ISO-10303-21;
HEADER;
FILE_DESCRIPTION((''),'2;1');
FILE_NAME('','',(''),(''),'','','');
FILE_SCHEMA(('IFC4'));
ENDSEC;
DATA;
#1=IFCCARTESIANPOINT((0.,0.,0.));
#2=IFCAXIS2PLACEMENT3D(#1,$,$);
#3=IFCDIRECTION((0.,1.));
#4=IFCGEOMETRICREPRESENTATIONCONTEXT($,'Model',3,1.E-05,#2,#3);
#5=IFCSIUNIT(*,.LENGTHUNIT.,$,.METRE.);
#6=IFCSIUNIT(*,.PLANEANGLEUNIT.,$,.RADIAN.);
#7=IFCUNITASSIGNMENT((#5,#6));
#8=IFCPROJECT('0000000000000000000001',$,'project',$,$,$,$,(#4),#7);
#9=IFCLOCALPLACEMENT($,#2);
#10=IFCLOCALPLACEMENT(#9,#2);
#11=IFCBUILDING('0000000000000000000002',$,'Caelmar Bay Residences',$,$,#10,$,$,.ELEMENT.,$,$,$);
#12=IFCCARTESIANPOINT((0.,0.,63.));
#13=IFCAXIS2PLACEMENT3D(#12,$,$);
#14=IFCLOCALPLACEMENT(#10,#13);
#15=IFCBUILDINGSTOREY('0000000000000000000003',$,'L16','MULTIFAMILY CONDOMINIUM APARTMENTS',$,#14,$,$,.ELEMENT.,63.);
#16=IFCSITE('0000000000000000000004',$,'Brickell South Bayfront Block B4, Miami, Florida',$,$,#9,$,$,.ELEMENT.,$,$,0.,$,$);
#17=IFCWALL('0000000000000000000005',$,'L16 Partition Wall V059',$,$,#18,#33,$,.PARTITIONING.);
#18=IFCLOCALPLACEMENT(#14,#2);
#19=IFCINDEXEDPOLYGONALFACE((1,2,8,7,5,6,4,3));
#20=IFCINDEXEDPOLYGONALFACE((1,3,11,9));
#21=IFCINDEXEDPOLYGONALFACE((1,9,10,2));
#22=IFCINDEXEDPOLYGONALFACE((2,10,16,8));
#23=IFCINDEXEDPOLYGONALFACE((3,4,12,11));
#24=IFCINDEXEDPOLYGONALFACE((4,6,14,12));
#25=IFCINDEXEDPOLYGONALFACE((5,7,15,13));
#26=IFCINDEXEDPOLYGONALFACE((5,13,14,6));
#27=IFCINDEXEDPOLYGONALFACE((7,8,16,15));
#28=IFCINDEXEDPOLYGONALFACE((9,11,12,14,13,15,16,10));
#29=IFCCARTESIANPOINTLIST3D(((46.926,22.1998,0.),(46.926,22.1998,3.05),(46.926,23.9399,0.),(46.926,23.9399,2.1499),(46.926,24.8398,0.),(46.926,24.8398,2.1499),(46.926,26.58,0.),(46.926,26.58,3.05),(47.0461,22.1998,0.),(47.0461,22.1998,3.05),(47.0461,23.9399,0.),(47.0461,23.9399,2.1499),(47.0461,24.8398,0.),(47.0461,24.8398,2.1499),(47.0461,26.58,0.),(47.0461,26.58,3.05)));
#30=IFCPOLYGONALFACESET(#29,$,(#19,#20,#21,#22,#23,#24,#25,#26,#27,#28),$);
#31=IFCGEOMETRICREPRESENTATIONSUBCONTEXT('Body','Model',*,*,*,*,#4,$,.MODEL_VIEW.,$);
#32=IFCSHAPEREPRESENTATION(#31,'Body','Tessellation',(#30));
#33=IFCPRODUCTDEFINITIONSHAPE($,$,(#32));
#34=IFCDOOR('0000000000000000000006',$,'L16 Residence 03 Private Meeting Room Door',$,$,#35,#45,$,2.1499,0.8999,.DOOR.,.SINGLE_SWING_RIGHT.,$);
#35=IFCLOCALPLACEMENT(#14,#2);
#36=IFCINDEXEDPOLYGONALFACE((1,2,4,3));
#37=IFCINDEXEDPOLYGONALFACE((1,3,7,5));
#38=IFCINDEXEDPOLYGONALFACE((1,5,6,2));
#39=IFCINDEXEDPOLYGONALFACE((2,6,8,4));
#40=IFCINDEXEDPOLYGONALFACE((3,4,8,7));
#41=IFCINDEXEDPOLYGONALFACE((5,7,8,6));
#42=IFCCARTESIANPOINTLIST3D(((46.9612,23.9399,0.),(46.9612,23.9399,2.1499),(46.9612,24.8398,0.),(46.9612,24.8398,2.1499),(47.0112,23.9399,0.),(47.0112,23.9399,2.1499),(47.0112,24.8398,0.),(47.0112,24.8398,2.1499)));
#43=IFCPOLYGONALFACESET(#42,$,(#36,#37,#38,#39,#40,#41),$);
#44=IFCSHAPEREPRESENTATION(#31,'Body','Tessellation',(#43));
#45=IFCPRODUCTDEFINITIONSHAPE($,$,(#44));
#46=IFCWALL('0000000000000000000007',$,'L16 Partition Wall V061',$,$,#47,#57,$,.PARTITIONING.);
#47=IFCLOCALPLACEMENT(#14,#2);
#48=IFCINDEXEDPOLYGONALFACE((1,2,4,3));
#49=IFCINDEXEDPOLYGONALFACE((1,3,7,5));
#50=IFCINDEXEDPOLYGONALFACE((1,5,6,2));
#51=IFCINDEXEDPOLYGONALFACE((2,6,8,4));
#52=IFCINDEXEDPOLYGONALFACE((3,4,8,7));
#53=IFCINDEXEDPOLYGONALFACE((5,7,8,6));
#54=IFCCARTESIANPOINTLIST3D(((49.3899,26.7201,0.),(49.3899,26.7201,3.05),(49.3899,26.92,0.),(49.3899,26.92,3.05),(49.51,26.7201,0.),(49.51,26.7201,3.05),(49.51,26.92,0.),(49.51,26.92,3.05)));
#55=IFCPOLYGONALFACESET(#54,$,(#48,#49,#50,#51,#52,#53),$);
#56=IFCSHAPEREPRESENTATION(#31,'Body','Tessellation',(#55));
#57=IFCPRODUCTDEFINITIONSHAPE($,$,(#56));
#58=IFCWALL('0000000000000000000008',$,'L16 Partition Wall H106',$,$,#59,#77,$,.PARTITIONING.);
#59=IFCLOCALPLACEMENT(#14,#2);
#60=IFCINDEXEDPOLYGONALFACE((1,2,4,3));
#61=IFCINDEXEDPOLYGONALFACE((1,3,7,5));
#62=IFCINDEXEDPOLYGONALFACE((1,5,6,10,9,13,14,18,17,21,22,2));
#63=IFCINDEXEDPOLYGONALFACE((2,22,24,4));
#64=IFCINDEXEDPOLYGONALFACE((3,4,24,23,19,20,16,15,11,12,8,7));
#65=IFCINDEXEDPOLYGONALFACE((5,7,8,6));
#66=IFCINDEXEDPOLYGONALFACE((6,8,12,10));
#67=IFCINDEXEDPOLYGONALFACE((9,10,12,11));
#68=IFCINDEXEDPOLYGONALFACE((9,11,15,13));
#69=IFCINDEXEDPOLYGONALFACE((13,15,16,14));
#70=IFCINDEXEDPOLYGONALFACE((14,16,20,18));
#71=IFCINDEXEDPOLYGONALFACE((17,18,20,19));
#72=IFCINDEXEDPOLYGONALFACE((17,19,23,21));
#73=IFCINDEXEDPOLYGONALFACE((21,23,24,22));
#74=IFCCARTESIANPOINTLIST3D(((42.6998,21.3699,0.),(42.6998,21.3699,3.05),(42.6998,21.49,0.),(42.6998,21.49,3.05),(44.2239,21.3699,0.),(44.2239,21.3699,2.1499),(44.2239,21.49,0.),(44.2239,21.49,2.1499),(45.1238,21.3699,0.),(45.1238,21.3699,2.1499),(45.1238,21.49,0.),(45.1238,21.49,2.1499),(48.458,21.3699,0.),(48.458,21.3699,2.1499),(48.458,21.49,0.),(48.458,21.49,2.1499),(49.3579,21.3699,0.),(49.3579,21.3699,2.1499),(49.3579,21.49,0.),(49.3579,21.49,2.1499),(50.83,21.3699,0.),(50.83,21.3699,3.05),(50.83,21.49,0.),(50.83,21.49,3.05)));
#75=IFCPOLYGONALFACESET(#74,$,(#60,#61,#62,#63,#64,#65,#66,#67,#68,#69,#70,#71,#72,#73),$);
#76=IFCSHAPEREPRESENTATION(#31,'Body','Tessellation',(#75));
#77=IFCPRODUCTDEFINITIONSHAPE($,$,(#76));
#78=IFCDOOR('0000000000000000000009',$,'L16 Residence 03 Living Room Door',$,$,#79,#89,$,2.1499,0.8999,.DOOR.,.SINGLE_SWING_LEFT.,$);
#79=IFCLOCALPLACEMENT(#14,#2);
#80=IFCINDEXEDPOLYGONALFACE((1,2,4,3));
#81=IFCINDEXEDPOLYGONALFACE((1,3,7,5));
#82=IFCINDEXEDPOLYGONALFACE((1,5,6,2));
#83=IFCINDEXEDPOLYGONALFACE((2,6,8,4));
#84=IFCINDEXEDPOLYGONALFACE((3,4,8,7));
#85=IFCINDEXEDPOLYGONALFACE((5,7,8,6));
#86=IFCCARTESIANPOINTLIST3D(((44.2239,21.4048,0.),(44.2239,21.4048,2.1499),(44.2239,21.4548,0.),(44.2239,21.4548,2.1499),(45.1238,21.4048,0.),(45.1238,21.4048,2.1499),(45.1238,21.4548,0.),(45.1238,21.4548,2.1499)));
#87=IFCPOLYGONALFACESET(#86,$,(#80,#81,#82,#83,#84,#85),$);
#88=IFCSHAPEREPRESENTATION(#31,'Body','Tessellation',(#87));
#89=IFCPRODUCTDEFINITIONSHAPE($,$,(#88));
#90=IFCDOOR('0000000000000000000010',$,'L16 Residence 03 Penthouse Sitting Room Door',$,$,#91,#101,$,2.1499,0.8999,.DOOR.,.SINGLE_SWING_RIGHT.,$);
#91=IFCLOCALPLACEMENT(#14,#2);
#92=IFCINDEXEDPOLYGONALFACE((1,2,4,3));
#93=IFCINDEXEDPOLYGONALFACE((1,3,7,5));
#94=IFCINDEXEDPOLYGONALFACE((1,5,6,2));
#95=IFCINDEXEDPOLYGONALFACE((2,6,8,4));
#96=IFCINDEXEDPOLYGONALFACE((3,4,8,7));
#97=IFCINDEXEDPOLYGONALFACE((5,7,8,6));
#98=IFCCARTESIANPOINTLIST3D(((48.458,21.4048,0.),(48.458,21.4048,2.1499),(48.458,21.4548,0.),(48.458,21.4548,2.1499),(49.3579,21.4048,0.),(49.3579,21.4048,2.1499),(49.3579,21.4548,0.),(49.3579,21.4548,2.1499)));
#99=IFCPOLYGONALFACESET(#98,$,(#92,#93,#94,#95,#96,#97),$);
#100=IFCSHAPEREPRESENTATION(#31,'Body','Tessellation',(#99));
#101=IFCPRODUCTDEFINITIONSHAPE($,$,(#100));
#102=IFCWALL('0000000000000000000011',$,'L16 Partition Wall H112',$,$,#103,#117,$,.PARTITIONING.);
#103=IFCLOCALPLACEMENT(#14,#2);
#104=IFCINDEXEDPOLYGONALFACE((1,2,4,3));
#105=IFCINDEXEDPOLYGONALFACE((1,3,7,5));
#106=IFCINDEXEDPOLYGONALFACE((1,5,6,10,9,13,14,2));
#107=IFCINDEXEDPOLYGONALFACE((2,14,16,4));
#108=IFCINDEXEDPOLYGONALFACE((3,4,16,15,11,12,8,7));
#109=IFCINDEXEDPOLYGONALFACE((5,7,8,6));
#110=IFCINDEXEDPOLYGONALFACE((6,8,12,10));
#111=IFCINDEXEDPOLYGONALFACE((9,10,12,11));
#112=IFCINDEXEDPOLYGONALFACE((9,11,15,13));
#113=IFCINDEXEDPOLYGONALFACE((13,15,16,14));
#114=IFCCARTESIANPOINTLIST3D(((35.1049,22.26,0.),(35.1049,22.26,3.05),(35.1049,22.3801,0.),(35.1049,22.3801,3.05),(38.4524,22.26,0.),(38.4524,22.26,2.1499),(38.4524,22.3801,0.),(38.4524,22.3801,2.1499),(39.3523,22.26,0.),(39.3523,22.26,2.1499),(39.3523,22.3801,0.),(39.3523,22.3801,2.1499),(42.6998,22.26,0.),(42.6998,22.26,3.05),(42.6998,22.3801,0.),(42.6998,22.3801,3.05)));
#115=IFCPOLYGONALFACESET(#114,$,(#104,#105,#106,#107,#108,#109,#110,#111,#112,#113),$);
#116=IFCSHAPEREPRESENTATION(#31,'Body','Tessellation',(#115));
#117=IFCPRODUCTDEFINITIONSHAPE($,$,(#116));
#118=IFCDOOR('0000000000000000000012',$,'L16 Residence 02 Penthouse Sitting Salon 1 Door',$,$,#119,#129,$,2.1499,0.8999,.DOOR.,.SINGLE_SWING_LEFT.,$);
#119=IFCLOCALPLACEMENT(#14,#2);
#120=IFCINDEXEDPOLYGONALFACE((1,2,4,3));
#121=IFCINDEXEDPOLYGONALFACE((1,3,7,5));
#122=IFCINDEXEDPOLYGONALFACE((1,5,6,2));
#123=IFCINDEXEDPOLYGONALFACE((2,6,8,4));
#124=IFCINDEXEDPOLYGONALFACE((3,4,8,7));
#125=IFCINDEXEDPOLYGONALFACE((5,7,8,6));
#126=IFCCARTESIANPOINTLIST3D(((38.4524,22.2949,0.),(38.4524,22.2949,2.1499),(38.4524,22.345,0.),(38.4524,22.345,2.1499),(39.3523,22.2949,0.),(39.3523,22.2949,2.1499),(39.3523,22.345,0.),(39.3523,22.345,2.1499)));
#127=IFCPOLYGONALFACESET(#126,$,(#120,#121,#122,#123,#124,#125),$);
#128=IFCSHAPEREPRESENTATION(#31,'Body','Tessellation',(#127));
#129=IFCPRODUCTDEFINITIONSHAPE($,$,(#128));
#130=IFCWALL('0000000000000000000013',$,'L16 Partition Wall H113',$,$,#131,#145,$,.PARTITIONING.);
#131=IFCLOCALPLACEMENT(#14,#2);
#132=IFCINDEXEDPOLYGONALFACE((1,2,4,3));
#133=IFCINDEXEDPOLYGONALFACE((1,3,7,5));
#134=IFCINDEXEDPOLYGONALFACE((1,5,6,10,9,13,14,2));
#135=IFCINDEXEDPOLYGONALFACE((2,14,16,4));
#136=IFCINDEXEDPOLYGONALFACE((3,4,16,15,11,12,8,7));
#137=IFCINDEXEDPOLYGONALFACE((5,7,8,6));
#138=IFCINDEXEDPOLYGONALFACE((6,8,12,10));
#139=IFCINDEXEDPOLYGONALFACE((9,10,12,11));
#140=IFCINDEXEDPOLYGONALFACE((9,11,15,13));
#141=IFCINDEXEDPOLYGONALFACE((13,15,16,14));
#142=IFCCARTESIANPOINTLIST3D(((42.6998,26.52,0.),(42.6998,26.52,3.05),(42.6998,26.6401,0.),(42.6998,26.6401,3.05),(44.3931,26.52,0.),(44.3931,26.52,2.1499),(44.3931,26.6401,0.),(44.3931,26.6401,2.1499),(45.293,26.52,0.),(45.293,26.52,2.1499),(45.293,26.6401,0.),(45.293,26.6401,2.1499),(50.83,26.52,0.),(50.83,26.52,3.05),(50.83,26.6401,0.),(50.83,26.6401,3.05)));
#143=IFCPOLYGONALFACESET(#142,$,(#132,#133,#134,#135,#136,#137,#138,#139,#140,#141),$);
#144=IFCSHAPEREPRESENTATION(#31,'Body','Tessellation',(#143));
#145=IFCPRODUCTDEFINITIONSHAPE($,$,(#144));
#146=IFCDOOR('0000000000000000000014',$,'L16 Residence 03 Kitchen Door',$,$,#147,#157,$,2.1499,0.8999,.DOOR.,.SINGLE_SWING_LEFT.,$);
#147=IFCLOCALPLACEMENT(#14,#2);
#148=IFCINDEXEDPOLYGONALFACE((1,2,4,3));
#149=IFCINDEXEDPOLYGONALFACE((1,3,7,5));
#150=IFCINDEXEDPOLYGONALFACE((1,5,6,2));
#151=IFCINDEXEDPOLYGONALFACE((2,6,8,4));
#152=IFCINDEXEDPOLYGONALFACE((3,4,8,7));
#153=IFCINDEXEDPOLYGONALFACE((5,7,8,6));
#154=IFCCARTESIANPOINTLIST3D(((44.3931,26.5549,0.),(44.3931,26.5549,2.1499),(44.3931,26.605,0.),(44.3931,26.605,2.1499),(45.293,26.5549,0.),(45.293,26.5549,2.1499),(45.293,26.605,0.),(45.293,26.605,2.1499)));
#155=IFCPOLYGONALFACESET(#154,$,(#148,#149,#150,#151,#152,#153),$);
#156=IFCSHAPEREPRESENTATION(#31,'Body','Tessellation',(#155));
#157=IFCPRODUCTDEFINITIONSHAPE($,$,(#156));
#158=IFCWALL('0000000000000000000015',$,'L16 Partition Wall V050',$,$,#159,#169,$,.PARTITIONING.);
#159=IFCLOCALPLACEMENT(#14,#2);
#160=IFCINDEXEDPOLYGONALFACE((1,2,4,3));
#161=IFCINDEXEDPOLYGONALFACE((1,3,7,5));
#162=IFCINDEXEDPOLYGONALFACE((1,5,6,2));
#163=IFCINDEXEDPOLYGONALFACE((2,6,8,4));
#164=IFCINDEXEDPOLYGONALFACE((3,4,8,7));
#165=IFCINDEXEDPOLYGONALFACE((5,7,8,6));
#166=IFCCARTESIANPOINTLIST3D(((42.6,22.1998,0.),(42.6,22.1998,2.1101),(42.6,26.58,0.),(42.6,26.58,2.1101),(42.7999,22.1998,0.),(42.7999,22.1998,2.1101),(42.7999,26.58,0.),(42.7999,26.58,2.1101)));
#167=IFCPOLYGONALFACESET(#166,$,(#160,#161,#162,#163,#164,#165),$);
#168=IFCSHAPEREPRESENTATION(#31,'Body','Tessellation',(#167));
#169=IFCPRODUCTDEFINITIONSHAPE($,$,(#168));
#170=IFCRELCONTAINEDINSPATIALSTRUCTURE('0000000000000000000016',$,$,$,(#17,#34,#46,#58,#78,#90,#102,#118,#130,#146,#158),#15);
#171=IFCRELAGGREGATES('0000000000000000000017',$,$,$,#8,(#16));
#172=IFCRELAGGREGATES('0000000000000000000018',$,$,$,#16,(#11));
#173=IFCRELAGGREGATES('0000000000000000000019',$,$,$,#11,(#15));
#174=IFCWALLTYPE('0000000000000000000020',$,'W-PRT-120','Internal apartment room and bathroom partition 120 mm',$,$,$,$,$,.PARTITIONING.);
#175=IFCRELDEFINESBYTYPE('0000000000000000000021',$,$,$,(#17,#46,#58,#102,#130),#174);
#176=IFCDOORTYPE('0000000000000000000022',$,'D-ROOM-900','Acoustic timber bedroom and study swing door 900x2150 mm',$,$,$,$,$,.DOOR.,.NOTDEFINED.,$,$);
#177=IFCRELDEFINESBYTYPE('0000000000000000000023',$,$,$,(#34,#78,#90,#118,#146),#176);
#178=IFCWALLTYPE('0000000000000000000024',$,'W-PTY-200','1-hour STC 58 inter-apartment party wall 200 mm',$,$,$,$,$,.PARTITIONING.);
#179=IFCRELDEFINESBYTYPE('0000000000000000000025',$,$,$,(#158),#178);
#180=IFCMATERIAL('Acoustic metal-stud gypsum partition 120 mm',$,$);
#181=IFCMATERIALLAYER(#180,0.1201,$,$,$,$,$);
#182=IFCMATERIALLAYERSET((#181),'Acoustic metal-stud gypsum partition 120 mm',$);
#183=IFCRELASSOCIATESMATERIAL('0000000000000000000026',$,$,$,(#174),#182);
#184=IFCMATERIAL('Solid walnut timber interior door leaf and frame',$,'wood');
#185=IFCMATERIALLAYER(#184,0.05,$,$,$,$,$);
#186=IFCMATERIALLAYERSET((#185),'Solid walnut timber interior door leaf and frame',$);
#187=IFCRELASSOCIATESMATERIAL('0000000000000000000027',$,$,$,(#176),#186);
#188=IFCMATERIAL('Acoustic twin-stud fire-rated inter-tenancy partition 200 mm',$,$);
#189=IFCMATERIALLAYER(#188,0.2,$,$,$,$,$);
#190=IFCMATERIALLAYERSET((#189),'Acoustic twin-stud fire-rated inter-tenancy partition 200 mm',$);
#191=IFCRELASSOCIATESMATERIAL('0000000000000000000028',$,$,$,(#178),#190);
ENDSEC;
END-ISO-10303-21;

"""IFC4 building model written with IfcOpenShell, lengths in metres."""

from ifc_helpers import new_model, si_unit, direction, frame, frame_2d, origin, place, context, subcontext, project, spatial, rectangle, extrude, material, layer, layer_set, type_object, element, fill, save


model = new_model("IFC4")

# Units and contexts
model_context = context("Model", 3, precision=1e-05, world=origin(), true_north=direction((0.0, 1.0)))
body_context = subcontext(model_context, "Body", "Model", "MODEL_VIEW")
ifc_project = project(units=[si_unit("LENGTHUNIT", "METRE"), si_unit("PLANEANGLEUNIT", "RADIAN")], contexts=[model_context])

# Site, building, storey
site_placement = place(None, origin())
site = spatial("IfcSite", under=ifc_project, at=site_placement, Name="Brickell South Bayfront Block B4, Miami, Florida", CompositionType="ELEMENT", RefElevation=0.0)
building_placement = place(site_placement, origin())
building = spatial("IfcBuilding", under=site, at=building_placement, Name="Caelmar Bay Residences", CompositionType="ELEMENT")
storey_placement = place(building_placement, frame((0.0, 0.0, 63.0)))
storey = spatial("IfcBuildingStorey", under=building, at=storey_placement, Name="L16", Description="MULTIFAMILY CONDOMINIUM APARTMENTS", CompositionType="ELEMENT", Elevation=63.0)

# Shared definitions
ifc_material_1 = material(Name="Acoustic metal-stud gypsum partition 120 mm")
ifc_layer_1 = layer(ifc_material_1, 0.1201)
ifc_layer_set_1 = layer_set([ifc_layer_1], Name="Acoustic metal-stud gypsum partition 120 mm")
wall_type_1 = type_object("IfcWallType", Name="W-PRT-120", Description="Internal apartment room and bathroom partition 120 mm", PredefinedType="PARTITIONING", material=ifc_layer_set_1)

# Shared definitions
ifc_material_2 = material(Name="Solid walnut timber interior door leaf and frame", Category="wood")

# Wall, opening, door
wall_1_placement = place(storey_placement, frame((46.9861, 22.2, 0.0), z_axis=(0.0, 0.0, 1.0), x_axis=(0.0, 1.0, 0.0)))
wall_1 = element("IfcWall", 1, at=wall_1_placement, inside=storey, type_object=wall_type_1, Name="L16 Partition Wall V059", PredefinedType="PARTITIONING", context=body_context, shape_type="SweptSolid", body=[
    extrude(rectangle(XDim=4.3801, YDim=0.1201, at=frame_2d((2.1899, 0.0))), origin(), (0.0, 0.0, 1.0), 3.05),
])
opening_1_placement = place(wall_1_placement, frame((1.74, 0.0, 0.0)))
opening_1 = element("IfcOpeningElement", 2, at=opening_1_placement, cuts=wall_1, PredefinedType="OPENING", context=body_context, shape_type="SweptSolid", body=[
    extrude(rectangle(XDim=0.8999, YDim=2.1499, at=frame_2d((0.45, 1.075))), frame((0.0, 0.0701, 0.0), z_axis=(0.0, -1.0, 0.0), x_axis=(1.0, 0.0, 0.0)), (0.0, 0.0, 1.0), 0.1401),
])
ifc_layer_2 = layer(ifc_material_2, 0.05)
ifc_layer_set_2 = layer_set([ifc_layer_2], Name="Solid walnut timber interior door leaf and frame")
door_type_1 = type_object("IfcDoorType", Name="D-ROOM-900", Description="Acoustic timber bedroom and study swing door 900x2150 mm", OperationType="NOTDEFINED", PredefinedType="DOOR", material=ifc_layer_set_2)
door_1_placement = place(opening_1_placement, origin())
door_1 = element("IfcDoor", 3, at=door_1_placement, inside=storey, type_object=door_type_1, Name="L16 Residence 03 Private Meeting Room Door", OperationType="SINGLE_SWING_RIGHT", OverallHeight=2.1499, OverallWidth=0.8999, PredefinedType="DOOR", context=body_context, shape_type="SweptSolid", body=[
    extrude(rectangle(XDim=0.8999, YDim=2.1499, at=frame_2d((0.45, 1.075))), frame((0.0, 0.0249, 0.0), z_axis=(0.0, -1.0, 0.0), x_axis=(1.0, 0.0, 0.0)), (0.0, 0.0, 1.0), 0.05),
])
fill(opening_1, door_1)

# Wall
wall_2_placement = place(storey_placement, frame((49.45, 26.72, 0.0), z_axis=(0.0, 0.0, 1.0), x_axis=(0.0, 1.0, 0.0)))
element("IfcWall", 4, at=wall_2_placement, inside=storey, type_object=wall_type_1, Name="L16 Partition Wall V061", PredefinedType="PARTITIONING", context=body_context, shape_type="SweptSolid", body=[
    extrude(rectangle(XDim=0.2, YDim=0.1201, at=frame_2d((0.1001, 0.0))), origin(), (0.0, 0.0, 1.0), 3.05),
])

# Wall, openings, doors
wall_3_placement = place(storey_placement, frame((42.7, 21.4299, 0.0), z_axis=(0.0, 0.0, 1.0), x_axis=(1.0, 0.0, 0.0)))
wall_3 = element("IfcWall", 5, at=wall_3_placement, inside=storey, type_object=wall_type_1, Name="L16 Partition Wall H106", PredefinedType="PARTITIONING", context=body_context, shape_type="SweptSolid", body=[
    extrude(rectangle(XDim=8.1301, YDim=0.1201, at=frame_2d((4.0649, 0.0))), origin(), (0.0, 0.0, 1.0), 3.05),
])
opening_2_placement = place(wall_3_placement, frame((1.5239, 0.0, 0.0)))
opening_2 = element("IfcOpeningElement", 6, at=opening_2_placement, cuts=wall_3, PredefinedType="OPENING", context=body_context, shape_type="SweptSolid", body=[
    extrude(rectangle(XDim=0.8999, YDim=2.1499, at=frame_2d((0.45, 1.075))), frame((0.0, 0.0701, 0.0), z_axis=(0.0, -1.0, 0.0), x_axis=(1.0, 0.0, 0.0)), (0.0, 0.0, 1.0), 0.1401),
])
opening_3_placement = place(wall_3_placement, frame((5.7581, 0.0, 0.0)))
opening_3 = element("IfcOpeningElement", 7, at=opening_3_placement, cuts=wall_3, PredefinedType="OPENING", context=body_context, shape_type="SweptSolid", body=[
    extrude(rectangle(XDim=0.8999, YDim=2.1499, at=frame_2d((0.45, 1.075))), frame((0.0, 0.0701, 0.0), z_axis=(0.0, -1.0, 0.0), x_axis=(1.0, 0.0, 0.0)), (0.0, 0.0, 1.0), 0.1401),
])
door_2_placement = place(opening_2_placement, origin())
door_2 = element("IfcDoor", 8, at=door_2_placement, inside=storey, type_object=door_type_1, Name="L16 Residence 03 Living Room Door", OperationType="SINGLE_SWING_LEFT", OverallHeight=2.1499, OverallWidth=0.8999, PredefinedType="DOOR", context=body_context, shape_type="SweptSolid", body=[
    extrude(rectangle(XDim=0.8999, YDim=2.1499, at=frame_2d((0.45, 1.075))), frame((0.0, 0.0249, 0.0), z_axis=(0.0, -1.0, 0.0), x_axis=(1.0, 0.0, 0.0)), (0.0, 0.0, 1.0), 0.05),
])
fill(opening_2, door_2)
door_3_placement = place(opening_3_placement, origin())
door_3 = element("IfcDoor", 9, at=door_3_placement, inside=storey, type_object=door_type_1, Name="L16 Residence 03 Penthouse Sitting Room Door", OperationType="SINGLE_SWING_RIGHT", OverallHeight=2.1499, OverallWidth=0.8999, PredefinedType="DOOR", context=body_context, shape_type="SweptSolid", body=[
    extrude(rectangle(XDim=0.8999, YDim=2.1499, at=frame_2d((0.45, 1.075))), frame((0.0, 0.0249, 0.0), z_axis=(0.0, -1.0, 0.0), x_axis=(1.0, 0.0, 0.0)), (0.0, 0.0, 1.0), 0.05),
])
fill(opening_3, door_3)

# Walls, openings, doors
wall_4_placement = place(storey_placement, frame((35.105, 22.3201, 0.0), z_axis=(0.0, 0.0, 1.0), x_axis=(1.0, 0.0, 0.0)))
wall_4 = element("IfcWall", 10, at=wall_4_placement, inside=storey, type_object=wall_type_1, Name="L16 Partition Wall H112", PredefinedType="PARTITIONING", context=body_context, shape_type="SweptSolid", body=[
    extrude(rectangle(XDim=7.595, YDim=0.1201, at=frame_2d((3.7974, 0.0))), origin(), (0.0, 0.0, 1.0), 3.05),
])
opening_4_placement = place(wall_4_placement, frame((3.3474, 0.0, 0.0)))
opening_4 = element("IfcOpeningElement", 11, at=opening_4_placement, cuts=wall_4, PredefinedType="OPENING", context=body_context, shape_type="SweptSolid", body=[
    extrude(rectangle(XDim=0.8999, YDim=2.1499, at=frame_2d((0.45, 1.075))), frame((0.0, 0.0701, 0.0), z_axis=(0.0, -1.0, 0.0), x_axis=(1.0, 0.0, 0.0)), (0.0, 0.0, 1.0), 0.1401),
])
door_4_placement = place(opening_4_placement, origin())
door_4 = element("IfcDoor", 12, at=door_4_placement, inside=storey, type_object=door_type_1, Name="L16 Residence 02 Penthouse Sitting Salon 1 Door", OperationType="SINGLE_SWING_LEFT", OverallHeight=2.1499, OverallWidth=0.8999, PredefinedType="DOOR", context=body_context, shape_type="SweptSolid", body=[
    extrude(rectangle(XDim=0.8999, YDim=2.1499, at=frame_2d((0.45, 1.075))), frame((0.0, 0.0249, 0.0), z_axis=(0.0, -1.0, 0.0), x_axis=(1.0, 0.0, 0.0)), (0.0, 0.0, 1.0), 0.05),
])
fill(opening_4, door_4)
wall_5_placement = place(storey_placement, frame((42.7, 26.5801, 0.0), z_axis=(0.0, 0.0, 1.0), x_axis=(1.0, 0.0, 0.0)))
wall_5 = element("IfcWall", 13, at=wall_5_placement, inside=storey, type_object=wall_type_1, Name="L16 Partition Wall H113", PredefinedType="PARTITIONING", context=body_context, shape_type="SweptSolid", body=[
    extrude(rectangle(XDim=8.1301, YDim=0.1201, at=frame_2d((4.0649, 0.0))), origin(), (0.0, 0.0, 1.0), 3.05),
])
opening_5_placement = place(wall_5_placement, frame((1.6931, 0.0, 0.0)))
opening_5 = element("IfcOpeningElement", 14, at=opening_5_placement, cuts=wall_5, PredefinedType="OPENING", context=body_context, shape_type="SweptSolid", body=[
    extrude(rectangle(XDim=0.8999, YDim=2.1499, at=frame_2d((0.45, 1.075))), frame((0.0, 0.0701, 0.0), z_axis=(0.0, -1.0, 0.0), x_axis=(1.0, 0.0, 0.0)), (0.0, 0.0, 1.0), 0.1401),
])
door_5_placement = place(opening_5_placement, origin())
door_5 = element("IfcDoor", 15, at=door_5_placement, inside=storey, type_object=door_type_1, Name="L16 Residence 03 Kitchen Door", OperationType="SINGLE_SWING_LEFT", OverallHeight=2.1499, OverallWidth=0.8999, PredefinedType="DOOR", context=body_context, shape_type="SweptSolid", body=[
    extrude(rectangle(XDim=0.8999, YDim=2.1499, at=frame_2d((0.45, 1.075))), frame((0.0, 0.0249, 0.0), z_axis=(0.0, -1.0, 0.0), x_axis=(1.0, 0.0, 0.0)), (0.0, 0.0, 1.0), 0.05),
])
fill(opening_5, door_5)

# Wall
ifc_material_3 = material(Name="Acoustic twin-stud fire-rated inter-tenancy partition 200 mm")
ifc_layer_3 = layer(ifc_material_3, 0.2)
ifc_layer_set_3 = layer_set([ifc_layer_3], Name="Acoustic twin-stud fire-rated inter-tenancy partition 200 mm")
wall_type_2 = type_object("IfcWallType", Name="W-PTY-200", Description="1-hour STC 58 inter-apartment party wall 200 mm", PredefinedType="PARTITIONING", material=ifc_layer_set_3)
wall_6_placement = place(storey_placement, frame((42.7, 22.2, 0.0), z_axis=(0.0, 0.0, 1.0), x_axis=(0.0, 1.0, 0.0)))
element("IfcWall", 16, at=wall_6_placement, inside=storey, type_object=wall_type_2, Name="L16 Partition Wall V050", PredefinedType="PARTITIONING", context=body_context, shape_type="SweptSolid", body=[
    extrude(rectangle(XDim=4.3801, YDim=0.2, at=frame_2d((2.1899, 0.0))), origin(), (0.0, 0.0, 1.0), 2.1101),
])

save(model, "model.ifc")
